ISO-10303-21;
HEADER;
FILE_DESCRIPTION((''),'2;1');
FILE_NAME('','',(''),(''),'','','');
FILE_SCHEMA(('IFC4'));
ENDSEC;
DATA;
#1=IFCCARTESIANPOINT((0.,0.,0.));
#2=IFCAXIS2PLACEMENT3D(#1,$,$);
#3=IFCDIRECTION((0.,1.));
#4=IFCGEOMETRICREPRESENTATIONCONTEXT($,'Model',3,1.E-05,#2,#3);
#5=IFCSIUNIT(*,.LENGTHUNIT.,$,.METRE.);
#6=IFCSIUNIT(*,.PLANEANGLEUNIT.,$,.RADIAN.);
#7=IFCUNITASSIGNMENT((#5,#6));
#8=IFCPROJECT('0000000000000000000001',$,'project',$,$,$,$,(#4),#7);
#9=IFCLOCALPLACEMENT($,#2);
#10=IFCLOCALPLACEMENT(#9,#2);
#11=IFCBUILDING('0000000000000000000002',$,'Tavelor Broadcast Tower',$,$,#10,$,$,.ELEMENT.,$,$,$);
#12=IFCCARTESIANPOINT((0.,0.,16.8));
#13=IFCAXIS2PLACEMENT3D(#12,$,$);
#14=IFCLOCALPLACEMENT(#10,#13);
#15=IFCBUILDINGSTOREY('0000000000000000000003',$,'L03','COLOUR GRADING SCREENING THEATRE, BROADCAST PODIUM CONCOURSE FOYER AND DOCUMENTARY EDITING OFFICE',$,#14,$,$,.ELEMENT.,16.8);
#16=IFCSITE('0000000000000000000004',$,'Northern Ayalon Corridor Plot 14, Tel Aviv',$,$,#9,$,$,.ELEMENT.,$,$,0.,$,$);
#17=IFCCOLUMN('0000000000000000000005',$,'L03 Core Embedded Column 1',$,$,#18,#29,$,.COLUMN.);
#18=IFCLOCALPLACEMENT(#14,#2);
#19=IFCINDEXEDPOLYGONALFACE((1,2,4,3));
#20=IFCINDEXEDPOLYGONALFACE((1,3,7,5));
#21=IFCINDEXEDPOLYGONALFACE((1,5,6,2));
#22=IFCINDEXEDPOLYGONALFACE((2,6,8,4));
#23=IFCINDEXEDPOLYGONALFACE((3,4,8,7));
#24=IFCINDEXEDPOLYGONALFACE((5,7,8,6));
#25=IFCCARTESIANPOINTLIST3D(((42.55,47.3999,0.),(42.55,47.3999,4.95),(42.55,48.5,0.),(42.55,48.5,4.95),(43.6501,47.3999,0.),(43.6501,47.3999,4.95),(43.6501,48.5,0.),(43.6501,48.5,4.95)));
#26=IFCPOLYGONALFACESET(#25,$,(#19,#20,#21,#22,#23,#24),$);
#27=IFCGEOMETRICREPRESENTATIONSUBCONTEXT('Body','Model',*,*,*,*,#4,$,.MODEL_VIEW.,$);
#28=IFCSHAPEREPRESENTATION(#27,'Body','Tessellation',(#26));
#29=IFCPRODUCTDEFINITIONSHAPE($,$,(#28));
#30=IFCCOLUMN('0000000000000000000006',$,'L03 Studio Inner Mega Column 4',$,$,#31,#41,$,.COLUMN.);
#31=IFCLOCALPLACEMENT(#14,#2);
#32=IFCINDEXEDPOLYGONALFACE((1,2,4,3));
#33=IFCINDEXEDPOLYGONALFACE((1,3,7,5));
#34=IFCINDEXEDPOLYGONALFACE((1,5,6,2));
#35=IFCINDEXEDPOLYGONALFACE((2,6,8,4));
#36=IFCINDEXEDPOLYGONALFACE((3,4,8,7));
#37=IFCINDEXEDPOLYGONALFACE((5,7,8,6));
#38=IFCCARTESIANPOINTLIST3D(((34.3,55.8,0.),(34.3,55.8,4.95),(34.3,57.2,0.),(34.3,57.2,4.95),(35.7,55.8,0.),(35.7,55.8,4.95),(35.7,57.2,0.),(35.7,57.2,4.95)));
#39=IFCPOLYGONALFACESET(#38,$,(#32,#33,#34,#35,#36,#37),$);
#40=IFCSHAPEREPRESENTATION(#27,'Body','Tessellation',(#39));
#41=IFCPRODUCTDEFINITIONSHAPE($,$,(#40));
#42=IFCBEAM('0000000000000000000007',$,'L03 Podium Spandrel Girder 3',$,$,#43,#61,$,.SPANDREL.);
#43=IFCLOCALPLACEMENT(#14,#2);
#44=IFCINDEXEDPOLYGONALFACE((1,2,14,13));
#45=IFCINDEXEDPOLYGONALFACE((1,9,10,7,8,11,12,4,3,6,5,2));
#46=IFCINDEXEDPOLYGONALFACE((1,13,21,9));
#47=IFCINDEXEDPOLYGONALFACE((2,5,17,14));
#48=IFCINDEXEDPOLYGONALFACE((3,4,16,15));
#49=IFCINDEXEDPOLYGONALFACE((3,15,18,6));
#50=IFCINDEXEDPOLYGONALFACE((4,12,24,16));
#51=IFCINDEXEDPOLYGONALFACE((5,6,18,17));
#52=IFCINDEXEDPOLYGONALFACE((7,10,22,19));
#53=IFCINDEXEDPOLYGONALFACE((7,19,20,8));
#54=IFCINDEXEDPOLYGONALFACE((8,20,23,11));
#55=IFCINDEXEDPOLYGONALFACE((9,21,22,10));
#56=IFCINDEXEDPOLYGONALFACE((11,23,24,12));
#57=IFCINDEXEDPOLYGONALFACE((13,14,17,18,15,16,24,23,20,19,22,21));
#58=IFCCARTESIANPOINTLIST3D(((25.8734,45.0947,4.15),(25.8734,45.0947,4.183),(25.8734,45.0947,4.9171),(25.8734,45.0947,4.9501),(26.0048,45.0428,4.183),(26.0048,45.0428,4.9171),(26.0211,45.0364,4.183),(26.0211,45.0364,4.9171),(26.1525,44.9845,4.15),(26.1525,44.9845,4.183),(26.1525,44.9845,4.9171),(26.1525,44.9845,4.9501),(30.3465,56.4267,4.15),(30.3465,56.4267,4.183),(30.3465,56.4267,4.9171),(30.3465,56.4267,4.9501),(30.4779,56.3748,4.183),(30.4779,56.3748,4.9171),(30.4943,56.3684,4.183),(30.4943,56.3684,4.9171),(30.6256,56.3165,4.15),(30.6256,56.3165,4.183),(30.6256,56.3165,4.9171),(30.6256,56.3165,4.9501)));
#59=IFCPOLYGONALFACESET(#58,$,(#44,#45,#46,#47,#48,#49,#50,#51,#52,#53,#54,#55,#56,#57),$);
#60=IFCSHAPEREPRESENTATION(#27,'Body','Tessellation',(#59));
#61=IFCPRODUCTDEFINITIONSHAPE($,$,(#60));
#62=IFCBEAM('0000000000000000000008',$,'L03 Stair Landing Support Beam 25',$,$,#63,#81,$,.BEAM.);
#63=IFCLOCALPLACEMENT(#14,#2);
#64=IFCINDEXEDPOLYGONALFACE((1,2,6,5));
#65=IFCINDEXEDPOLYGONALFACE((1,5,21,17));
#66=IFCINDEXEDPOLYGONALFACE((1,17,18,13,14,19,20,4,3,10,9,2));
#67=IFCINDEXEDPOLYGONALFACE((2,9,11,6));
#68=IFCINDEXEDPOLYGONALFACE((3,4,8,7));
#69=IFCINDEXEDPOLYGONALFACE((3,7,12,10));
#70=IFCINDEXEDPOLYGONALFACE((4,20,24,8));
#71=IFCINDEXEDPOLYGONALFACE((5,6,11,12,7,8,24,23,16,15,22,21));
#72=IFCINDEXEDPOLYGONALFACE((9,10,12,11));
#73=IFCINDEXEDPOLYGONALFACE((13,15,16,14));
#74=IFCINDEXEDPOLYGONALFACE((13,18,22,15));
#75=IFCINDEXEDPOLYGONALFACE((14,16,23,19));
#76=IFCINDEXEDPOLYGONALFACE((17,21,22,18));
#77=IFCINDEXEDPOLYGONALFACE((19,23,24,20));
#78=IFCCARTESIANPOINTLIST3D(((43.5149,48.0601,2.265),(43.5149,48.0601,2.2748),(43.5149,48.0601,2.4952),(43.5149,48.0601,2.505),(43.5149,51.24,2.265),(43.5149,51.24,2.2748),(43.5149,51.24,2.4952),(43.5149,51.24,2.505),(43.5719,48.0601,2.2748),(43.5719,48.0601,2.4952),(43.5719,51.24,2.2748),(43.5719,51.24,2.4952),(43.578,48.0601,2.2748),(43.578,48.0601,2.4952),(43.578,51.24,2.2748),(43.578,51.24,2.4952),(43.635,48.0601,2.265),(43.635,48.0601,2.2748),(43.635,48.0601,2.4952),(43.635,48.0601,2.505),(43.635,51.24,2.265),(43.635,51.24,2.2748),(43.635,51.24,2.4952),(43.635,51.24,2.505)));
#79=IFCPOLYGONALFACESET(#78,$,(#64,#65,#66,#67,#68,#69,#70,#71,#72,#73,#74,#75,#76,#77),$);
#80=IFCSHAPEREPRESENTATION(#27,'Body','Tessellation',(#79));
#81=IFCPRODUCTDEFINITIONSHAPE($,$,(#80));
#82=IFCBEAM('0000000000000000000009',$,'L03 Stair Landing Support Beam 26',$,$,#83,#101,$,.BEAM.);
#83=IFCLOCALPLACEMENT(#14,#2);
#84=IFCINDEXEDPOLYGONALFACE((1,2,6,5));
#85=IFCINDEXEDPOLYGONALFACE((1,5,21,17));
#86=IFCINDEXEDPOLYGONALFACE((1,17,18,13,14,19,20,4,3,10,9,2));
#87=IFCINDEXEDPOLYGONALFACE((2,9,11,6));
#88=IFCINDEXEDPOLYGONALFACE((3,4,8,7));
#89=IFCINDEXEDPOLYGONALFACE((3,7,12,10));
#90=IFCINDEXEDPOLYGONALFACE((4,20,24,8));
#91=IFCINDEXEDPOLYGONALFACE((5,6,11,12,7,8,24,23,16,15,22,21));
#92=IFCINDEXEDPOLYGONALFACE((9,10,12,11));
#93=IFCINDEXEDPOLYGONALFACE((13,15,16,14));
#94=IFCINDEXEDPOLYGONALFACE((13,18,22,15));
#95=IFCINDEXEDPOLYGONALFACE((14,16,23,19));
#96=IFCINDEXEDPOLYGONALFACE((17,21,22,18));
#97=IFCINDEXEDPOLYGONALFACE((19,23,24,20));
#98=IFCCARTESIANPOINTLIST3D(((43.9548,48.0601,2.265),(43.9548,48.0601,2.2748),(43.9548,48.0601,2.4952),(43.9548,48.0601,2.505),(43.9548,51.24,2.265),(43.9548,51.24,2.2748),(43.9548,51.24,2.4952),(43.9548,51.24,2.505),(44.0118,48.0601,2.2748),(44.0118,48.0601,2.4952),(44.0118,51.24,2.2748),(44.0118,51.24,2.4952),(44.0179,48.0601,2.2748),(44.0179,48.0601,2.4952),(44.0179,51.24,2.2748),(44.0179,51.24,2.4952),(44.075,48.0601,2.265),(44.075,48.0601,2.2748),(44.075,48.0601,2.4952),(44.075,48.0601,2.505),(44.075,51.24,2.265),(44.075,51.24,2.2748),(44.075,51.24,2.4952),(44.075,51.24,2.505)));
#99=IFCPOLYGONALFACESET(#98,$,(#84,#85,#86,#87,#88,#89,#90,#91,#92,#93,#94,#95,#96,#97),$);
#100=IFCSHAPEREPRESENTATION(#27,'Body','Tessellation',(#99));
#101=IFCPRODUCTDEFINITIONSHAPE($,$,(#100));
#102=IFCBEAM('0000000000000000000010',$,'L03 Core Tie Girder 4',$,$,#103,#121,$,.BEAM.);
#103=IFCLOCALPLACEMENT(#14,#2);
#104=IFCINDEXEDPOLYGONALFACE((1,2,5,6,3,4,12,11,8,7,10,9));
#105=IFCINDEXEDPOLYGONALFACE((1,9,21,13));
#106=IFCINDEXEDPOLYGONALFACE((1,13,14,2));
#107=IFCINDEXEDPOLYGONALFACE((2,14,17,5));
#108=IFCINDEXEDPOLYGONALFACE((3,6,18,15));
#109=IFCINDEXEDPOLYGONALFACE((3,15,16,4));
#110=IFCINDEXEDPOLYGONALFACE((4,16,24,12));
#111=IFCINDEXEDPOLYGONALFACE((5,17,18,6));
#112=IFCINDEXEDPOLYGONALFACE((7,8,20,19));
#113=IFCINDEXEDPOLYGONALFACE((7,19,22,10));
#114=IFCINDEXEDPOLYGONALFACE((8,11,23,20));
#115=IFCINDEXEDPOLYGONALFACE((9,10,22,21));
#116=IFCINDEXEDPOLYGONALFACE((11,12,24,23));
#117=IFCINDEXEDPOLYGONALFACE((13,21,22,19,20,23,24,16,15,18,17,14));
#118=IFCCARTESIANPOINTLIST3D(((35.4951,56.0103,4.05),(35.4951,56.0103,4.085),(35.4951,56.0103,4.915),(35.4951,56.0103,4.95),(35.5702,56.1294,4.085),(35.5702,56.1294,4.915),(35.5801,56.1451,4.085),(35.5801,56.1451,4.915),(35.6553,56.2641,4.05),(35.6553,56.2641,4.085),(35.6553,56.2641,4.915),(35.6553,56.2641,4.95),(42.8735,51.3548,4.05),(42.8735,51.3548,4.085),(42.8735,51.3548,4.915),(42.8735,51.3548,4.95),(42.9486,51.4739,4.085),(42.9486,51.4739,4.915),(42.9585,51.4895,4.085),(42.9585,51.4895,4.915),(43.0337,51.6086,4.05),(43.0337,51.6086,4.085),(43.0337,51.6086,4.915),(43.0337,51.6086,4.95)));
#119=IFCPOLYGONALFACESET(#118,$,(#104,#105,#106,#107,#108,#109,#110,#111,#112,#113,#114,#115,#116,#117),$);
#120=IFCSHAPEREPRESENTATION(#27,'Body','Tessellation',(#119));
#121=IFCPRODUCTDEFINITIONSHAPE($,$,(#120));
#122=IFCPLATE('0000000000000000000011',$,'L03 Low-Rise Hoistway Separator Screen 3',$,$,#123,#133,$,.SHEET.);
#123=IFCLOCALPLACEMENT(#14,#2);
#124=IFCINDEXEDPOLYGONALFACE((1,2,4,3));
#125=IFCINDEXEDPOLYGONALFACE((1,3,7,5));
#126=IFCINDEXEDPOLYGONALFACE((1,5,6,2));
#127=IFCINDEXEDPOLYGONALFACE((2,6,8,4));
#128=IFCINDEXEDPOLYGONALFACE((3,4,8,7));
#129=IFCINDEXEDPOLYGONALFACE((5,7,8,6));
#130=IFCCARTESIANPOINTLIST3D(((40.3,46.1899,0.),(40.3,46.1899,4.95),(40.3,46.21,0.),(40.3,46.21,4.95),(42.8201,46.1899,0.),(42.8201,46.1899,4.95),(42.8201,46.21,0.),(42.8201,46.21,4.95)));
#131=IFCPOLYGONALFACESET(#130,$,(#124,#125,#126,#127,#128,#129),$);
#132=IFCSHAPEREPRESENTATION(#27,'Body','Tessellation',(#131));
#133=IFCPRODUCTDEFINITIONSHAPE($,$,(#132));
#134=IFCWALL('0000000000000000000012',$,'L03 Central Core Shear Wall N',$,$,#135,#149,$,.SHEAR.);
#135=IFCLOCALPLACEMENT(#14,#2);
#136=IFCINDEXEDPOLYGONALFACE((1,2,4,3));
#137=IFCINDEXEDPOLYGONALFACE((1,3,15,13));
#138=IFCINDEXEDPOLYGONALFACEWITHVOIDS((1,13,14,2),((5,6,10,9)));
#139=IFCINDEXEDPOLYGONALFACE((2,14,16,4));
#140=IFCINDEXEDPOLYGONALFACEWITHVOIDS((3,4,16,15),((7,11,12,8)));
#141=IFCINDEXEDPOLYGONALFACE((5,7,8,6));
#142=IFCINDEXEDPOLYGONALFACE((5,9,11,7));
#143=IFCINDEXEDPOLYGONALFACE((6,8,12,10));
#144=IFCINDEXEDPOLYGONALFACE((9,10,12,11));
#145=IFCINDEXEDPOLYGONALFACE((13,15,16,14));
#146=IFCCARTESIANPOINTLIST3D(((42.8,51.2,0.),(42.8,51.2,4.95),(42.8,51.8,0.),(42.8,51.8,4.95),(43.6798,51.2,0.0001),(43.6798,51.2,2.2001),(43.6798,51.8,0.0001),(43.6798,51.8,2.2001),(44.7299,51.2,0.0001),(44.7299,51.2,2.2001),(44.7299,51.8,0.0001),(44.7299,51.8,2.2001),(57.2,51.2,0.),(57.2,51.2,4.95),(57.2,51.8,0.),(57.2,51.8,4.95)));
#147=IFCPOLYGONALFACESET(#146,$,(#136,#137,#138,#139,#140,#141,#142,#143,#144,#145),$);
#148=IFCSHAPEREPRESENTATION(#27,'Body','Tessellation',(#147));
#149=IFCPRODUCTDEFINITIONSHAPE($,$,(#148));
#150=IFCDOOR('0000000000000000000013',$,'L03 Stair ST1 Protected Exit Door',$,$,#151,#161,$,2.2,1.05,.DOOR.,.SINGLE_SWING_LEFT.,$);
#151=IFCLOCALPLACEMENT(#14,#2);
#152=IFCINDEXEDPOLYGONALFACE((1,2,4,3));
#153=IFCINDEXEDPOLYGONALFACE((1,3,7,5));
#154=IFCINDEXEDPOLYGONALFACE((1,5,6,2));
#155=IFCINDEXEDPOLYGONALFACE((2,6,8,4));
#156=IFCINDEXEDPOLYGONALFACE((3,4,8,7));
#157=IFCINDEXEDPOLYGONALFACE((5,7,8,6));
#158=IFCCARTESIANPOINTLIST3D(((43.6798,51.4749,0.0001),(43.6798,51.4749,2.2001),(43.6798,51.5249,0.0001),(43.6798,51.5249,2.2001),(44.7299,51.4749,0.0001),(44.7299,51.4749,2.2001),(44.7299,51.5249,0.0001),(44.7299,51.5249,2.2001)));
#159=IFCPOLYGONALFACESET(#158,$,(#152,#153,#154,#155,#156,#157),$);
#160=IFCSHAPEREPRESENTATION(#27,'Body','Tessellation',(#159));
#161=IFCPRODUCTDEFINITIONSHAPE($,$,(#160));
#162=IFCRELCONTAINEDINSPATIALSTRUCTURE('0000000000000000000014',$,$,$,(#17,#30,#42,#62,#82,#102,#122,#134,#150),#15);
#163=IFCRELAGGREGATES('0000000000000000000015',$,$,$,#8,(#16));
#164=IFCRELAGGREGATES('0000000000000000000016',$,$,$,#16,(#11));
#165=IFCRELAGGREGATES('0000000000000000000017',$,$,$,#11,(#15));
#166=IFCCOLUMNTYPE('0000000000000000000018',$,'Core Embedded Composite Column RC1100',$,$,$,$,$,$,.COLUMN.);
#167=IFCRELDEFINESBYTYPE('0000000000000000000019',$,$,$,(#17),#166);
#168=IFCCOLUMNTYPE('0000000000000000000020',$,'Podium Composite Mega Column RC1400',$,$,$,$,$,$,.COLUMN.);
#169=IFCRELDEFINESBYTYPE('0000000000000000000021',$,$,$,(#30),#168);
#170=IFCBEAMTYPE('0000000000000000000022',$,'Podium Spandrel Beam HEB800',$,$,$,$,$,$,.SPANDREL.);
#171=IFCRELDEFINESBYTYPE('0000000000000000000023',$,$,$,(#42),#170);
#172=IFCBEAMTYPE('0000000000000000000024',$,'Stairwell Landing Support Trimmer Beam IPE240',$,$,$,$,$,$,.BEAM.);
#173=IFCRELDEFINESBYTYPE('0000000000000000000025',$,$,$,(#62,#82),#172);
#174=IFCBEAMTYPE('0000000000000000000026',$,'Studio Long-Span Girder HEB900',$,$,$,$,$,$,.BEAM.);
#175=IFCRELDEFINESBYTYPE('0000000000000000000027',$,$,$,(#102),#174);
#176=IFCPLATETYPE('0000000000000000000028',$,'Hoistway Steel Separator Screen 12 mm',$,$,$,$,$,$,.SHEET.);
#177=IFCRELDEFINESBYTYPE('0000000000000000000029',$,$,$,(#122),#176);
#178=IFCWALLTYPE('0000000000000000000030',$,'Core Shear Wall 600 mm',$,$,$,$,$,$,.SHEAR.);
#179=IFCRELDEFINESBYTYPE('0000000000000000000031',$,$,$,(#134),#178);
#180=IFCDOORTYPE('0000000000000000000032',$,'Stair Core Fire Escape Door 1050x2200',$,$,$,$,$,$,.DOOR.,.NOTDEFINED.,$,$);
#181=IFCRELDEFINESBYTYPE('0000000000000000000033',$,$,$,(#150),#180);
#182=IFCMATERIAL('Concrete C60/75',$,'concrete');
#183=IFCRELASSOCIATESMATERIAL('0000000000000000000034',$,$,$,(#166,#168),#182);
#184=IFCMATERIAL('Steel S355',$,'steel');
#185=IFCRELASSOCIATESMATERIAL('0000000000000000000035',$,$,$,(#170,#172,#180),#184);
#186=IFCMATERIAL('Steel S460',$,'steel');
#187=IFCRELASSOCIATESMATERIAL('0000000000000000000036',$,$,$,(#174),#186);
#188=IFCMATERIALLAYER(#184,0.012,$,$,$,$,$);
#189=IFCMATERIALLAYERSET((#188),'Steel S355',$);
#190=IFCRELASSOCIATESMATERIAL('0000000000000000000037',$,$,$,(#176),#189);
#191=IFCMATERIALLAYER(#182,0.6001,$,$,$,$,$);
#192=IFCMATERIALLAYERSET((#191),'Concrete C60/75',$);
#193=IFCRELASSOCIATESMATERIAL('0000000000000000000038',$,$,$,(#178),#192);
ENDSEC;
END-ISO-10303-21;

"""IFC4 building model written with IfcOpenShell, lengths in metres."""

from ifc_helpers import new_model, si_unit, direction, frame, frame_2d, origin, origin_2d, place, context, subcontext, project, spatial, rectangle, i_section, extrude, source, transform, mapped, material, layer, layer_set, material_profile, profile_set, type_object, type_shapes, element, fill, save


model = new_model("IFC4")

# Units and contexts
model_context = context("Model", 3, precision=1e-05, world=origin(), true_north=direction((0.0, 1.0)))
body_context = subcontext(model_context, "Body", "Model", "MODEL_VIEW")
ifc_project = project(units=[si_unit("LENGTHUNIT", "METRE"), si_unit("PLANEANGLEUNIT", "RADIAN")], contexts=[model_context])

# Site, building, storey
site_placement = place(None, origin())
site = spatial("IfcSite", under=ifc_project, at=site_placement, Name="Northern Ayalon Corridor Plot 14, Tel Aviv", CompositionType="ELEMENT", RefElevation=0.0)
building_placement = place(site_placement, origin())
building = spatial("IfcBuilding", under=site, at=building_placement, Name="Tavelor Broadcast Tower", CompositionType="ELEMENT")
storey_placement = place(building_placement, frame((0.0, 0.0, 16.8)))
storey = spatial("IfcBuildingStorey", under=building, at=storey_placement, Name="L03", Description="COLOUR GRADING SCREENING THEATRE, BROADCAST PODIUM CONCOURSE FOYER AND DOCUMENTARY EDITING OFFICE", CompositionType="ELEMENT", Elevation=16.8)

# Columns
ifc_material_1 = material(Name="Concrete C60/75", Category="concrete")
ifc_material_profile_1 = material_profile(ifc_material_1, rectangle(XDim=1.1001, YDim=1.1001, at=origin_2d()), Name="RC 1100x1100")
ifc_profile_set_1 = profile_set([ifc_material_profile_1], Name="Concrete C60/75")
column_type_1 = type_object("IfcColumnType", Name="Core Embedded Composite Column RC1100", PredefinedType="COLUMN", material=ifc_profile_set_1)
column_1_placement = place(storey_placement, frame((43.1001, 47.95, 0.0), z_axis=(0.0, 0.0, 1.0), x_axis=(1.0, 0.0, 0.0)))
element("IfcColumn", 1, at=column_1_placement, inside=storey, type_object=column_type_1, Name="L03 Core Embedded Column 1", PredefinedType="COLUMN", context=body_context, shape_type="SweptSolid", body=[
    extrude(rectangle(XDim=1.1001, YDim=1.1001, at=origin_2d()), origin(), (0.0, 0.0, 1.0), 4.95),
])
ifc_material_profile_2 = material_profile(ifc_material_1, rectangle(XDim=1.3999, YDim=1.3999, at=origin_2d()), Name="RC 1400x1400")
ifc_profile_set_2 = profile_set([ifc_material_profile_2], Name="Concrete C60/75")
column_type_2 = type_object("IfcColumnType", Name="Podium Composite Mega Column RC1400", PredefinedType="COLUMN", material=ifc_profile_set_2)
column_2_placement = place(storey_placement, frame((35.0, 56.5, 0.0), z_axis=(0.0, 0.0, 1.0), x_axis=(1.0, 0.0, 0.0)))
element("IfcColumn", 2, at=column_2_placement, inside=storey, type_object=column_type_2, Name="L03 Studio Inner Mega Column 4", PredefinedType="COLUMN", context=body_context, shape_type="SweptSolid", body=[
    extrude(rectangle(XDim=1.3999, YDim=1.3999, at=origin_2d()), origin(), (0.0, 0.0, 1.0), 4.95),
])

# Beams
ifc_material_2 = material(Name="Steel S355", Category="steel")
ifc_material_profile_3 = material_profile(ifc_material_2, i_section(OverallWidth=0.3, OverallDepth=0.8, WebThickness=0.0176, FlangeThickness=0.033, at=origin_2d()), Name="HEB 800")
ifc_profile_set_3 = profile_set([ifc_material_profile_3], Name="Steel S355")
beam_type_1 = type_object("IfcBeamType", Name="Podium Spandrel Beam HEB800", PredefinedType="SPANDREL", material=ifc_profile_set_3)
beam_1_placement = place(storey_placement, frame((30.4861, 56.3716, 4.55), z_axis=(-0.367165, -0.930156, 0.0), x_axis=(0.930156, -0.367165, 0.0)))
element("IfcBeam", 3, at=beam_1_placement, inside=storey, type_object=beam_type_1, Name="L03 Podium Spandrel Girder 3", PredefinedType="SPANDREL", context=body_context, shape_type="SweptSolid", body=[
    extrude(i_section(OverallWidth=0.3, OverallDepth=0.8, WebThickness=0.0176, FlangeThickness=0.033, at=origin_2d()), origin(), (0.0, 0.0, 1.0), 12.1829),
])
ifc_material_profile_4 = material_profile(ifc_material_2, i_section(OverallWidth=0.1201, OverallDepth=0.24, WebThickness=0.0061, FlangeThickness=0.0098, at=origin_2d()), Name="IPE 240")
ifc_profile_set_4 = profile_set([ifc_material_profile_4], Name="Steel S355")
beam_type_2 = type_object("IfcBeamType", Name="Stairwell Landing Support Trimmer Beam IPE240", PredefinedType="BEAM", material=ifc_profile_set_4)
for number, where, z_axis, x_axis, name in (
    (4, (43.575, 48.0601, 2.385), (0.0, 1.0, 0.0), (-1.0, 0.0, 0.0), "L03 Stair Landing Support Beam 25"),
    (5, (44.0149, 48.0601, 2.385), (0.0, 1.0, 0.0), (-1.0, 0.0, 0.0), "L03 Stair Landing Support Beam 26"),
):
    element("IfcBeam", number, at=place(storey_placement, frame(where, z_axis=z_axis, x_axis=x_axis)), inside=storey, type_object=beam_type_2, Name=name, PredefinedType="BEAM", context=body_context, shape_type="SweptSolid", body=[
        extrude(i_section(OverallWidth=0.1201, OverallDepth=0.24, WebThickness=0.0061, FlangeThickness=0.0098, at=origin_2d()), origin(), (0.0, 0.0, 1.0), 3.1799),
    ])
ifc_material_3 = material(Name="Steel S460", Category="steel")
ifc_material_profile_5 = material_profile(ifc_material_3, i_section(OverallWidth=0.3, OverallDepth=0.8999, WebThickness=0.0186, FlangeThickness=0.0349, at=origin_2d()), Name="HEB 900")
ifc_profile_set_5 = profile_set([ifc_material_profile_5], Name="Steel S460")
beam_type_3 = type_object("IfcBeamType", Name="Studio Long-Span Girder HEB900", PredefinedType="BEAM", material=ifc_profile_set_5)
beam_2_placement = place(storey_placement, frame((35.5752, 56.1372, 4.5), z_axis=(0.845724, -0.533621, 0.0), x_axis=(0.533621, 0.845724, 0.0)))
element("IfcBeam", 6, at=beam_2_placement, inside=storey, type_object=beam_type_3, Name="L03 Core Tie Girder 4", PredefinedType="BEAM", context=body_context, shape_type="SweptSolid", body=[
    extrude(i_section(OverallWidth=0.3, OverallDepth=0.8999, WebThickness=0.0186, FlangeThickness=0.0349, at=origin_2d()), origin(), (0.0, 0.0, 1.0), 8.7244),
])

# Plate
ifc_layer_1 = layer(ifc_material_2, 0.012)
ifc_layer_set_1 = layer_set([ifc_layer_1], Name="Steel S355")
plate_type = type_object("IfcPlateType", Name="Hoistway Steel Separator Screen 12 mm", PredefinedType="SHEET", material=ifc_layer_set_1)
shared_shape = source(origin(), body_context, "Body", "SweptSolid", [
    extrude(rectangle(XDim=2.52, YDim=0.02, at=origin_2d()), origin(), (0.0, 0.0, 1.0), 4.95),
])
type_shapes(plate_type, [shared_shape])
plate_placement = place(storey_placement, frame((41.5601, 46.2, 0.0), z_axis=(0.0, 0.0, 1.0), x_axis=(1.0, 0.0, 0.0)))
element("IfcPlate", 7, at=plate_placement, inside=storey, type_object=plate_type, Name="L03 Low-Rise Hoistway Separator Screen 3", PredefinedType="SHEET", context=body_context, shape_type="MappedRepresentation", body=[
    mapped(shared_shape, transform((0.0, 0.0, 0.0), scale=1.0)),
])

# Wall, opening, door
ifc_layer_2 = layer(ifc_material_1, 0.6001)
ifc_layer_set_2 = layer_set([ifc_layer_2], Name="Concrete C60/75")
wall_type_1 = type_object("IfcWallType", Name="Core Shear Wall 600 mm", PredefinedType="SHEAR", material=ifc_layer_set_2)
wall_1_placement = place(storey_placement, frame((42.8, 51.5, 0.0), z_axis=(0.0, 0.0, 1.0), x_axis=(1.0, 0.0, 0.0)))
wall_1 = element("IfcWall", 8, at=wall_1_placement, inside=storey, type_object=wall_type_1, Name="L03 Central Core Shear Wall N", PredefinedType="SHEAR", context=body_context, shape_type="SweptSolid", body=[
    extrude(rectangle(XDim=14.3999, YDim=0.6001, at=frame_2d((7.2, 0.0))), origin(), (0.0, 0.0, 1.0), 4.95),
])
opening_1_placement = place(wall_1_placement, frame((0.8799, 0.0, 0.0)))
opening_1 = element("IfcOpeningElement", 9, at=opening_1_placement, cuts=wall_1, PredefinedType="OPENING", context=body_context, shape_type="SweptSolid", body=[
    extrude(rectangle(XDim=1.05, YDim=2.2, at=frame_2d((0.5249, 1.1001))), frame((0.0, 0.3101, 0.0), z_axis=(0.0, -1.0, 0.0), x_axis=(1.0, 0.0, 0.0)), (0.0, 0.0, 1.0), 0.6201),
])
door_type_1 = type_object("IfcDoorType", Name="Stair Core Fire Escape Door 1050x2200", OperationType="NOTDEFINED", PredefinedType="DOOR", material=ifc_material_2)
door_1_placement = place(opening_1_placement, origin())
door_1 = element("IfcDoor", 10, at=door_1_placement, inside=storey, type_object=door_type_1, Name="L03 Stair ST1 Protected Exit Door", OperationType="SINGLE_SWING_LEFT", OverallHeight=2.2, OverallWidth=1.05, PredefinedType="DOOR", context=body_context, shape_type="SweptSolid", body=[
    extrude(rectangle(XDim=1.05, YDim=2.2, at=frame_2d((0.5249, 1.1001))), frame((0.0, 0.0249, 0.0), z_axis=(0.0, -1.0, 0.0), x_axis=(1.0, 0.0, 0.0)), (0.0, 0.0, 1.0), 0.05),
])
fill(opening_1, door_1)

save(model, "model.ifc")
